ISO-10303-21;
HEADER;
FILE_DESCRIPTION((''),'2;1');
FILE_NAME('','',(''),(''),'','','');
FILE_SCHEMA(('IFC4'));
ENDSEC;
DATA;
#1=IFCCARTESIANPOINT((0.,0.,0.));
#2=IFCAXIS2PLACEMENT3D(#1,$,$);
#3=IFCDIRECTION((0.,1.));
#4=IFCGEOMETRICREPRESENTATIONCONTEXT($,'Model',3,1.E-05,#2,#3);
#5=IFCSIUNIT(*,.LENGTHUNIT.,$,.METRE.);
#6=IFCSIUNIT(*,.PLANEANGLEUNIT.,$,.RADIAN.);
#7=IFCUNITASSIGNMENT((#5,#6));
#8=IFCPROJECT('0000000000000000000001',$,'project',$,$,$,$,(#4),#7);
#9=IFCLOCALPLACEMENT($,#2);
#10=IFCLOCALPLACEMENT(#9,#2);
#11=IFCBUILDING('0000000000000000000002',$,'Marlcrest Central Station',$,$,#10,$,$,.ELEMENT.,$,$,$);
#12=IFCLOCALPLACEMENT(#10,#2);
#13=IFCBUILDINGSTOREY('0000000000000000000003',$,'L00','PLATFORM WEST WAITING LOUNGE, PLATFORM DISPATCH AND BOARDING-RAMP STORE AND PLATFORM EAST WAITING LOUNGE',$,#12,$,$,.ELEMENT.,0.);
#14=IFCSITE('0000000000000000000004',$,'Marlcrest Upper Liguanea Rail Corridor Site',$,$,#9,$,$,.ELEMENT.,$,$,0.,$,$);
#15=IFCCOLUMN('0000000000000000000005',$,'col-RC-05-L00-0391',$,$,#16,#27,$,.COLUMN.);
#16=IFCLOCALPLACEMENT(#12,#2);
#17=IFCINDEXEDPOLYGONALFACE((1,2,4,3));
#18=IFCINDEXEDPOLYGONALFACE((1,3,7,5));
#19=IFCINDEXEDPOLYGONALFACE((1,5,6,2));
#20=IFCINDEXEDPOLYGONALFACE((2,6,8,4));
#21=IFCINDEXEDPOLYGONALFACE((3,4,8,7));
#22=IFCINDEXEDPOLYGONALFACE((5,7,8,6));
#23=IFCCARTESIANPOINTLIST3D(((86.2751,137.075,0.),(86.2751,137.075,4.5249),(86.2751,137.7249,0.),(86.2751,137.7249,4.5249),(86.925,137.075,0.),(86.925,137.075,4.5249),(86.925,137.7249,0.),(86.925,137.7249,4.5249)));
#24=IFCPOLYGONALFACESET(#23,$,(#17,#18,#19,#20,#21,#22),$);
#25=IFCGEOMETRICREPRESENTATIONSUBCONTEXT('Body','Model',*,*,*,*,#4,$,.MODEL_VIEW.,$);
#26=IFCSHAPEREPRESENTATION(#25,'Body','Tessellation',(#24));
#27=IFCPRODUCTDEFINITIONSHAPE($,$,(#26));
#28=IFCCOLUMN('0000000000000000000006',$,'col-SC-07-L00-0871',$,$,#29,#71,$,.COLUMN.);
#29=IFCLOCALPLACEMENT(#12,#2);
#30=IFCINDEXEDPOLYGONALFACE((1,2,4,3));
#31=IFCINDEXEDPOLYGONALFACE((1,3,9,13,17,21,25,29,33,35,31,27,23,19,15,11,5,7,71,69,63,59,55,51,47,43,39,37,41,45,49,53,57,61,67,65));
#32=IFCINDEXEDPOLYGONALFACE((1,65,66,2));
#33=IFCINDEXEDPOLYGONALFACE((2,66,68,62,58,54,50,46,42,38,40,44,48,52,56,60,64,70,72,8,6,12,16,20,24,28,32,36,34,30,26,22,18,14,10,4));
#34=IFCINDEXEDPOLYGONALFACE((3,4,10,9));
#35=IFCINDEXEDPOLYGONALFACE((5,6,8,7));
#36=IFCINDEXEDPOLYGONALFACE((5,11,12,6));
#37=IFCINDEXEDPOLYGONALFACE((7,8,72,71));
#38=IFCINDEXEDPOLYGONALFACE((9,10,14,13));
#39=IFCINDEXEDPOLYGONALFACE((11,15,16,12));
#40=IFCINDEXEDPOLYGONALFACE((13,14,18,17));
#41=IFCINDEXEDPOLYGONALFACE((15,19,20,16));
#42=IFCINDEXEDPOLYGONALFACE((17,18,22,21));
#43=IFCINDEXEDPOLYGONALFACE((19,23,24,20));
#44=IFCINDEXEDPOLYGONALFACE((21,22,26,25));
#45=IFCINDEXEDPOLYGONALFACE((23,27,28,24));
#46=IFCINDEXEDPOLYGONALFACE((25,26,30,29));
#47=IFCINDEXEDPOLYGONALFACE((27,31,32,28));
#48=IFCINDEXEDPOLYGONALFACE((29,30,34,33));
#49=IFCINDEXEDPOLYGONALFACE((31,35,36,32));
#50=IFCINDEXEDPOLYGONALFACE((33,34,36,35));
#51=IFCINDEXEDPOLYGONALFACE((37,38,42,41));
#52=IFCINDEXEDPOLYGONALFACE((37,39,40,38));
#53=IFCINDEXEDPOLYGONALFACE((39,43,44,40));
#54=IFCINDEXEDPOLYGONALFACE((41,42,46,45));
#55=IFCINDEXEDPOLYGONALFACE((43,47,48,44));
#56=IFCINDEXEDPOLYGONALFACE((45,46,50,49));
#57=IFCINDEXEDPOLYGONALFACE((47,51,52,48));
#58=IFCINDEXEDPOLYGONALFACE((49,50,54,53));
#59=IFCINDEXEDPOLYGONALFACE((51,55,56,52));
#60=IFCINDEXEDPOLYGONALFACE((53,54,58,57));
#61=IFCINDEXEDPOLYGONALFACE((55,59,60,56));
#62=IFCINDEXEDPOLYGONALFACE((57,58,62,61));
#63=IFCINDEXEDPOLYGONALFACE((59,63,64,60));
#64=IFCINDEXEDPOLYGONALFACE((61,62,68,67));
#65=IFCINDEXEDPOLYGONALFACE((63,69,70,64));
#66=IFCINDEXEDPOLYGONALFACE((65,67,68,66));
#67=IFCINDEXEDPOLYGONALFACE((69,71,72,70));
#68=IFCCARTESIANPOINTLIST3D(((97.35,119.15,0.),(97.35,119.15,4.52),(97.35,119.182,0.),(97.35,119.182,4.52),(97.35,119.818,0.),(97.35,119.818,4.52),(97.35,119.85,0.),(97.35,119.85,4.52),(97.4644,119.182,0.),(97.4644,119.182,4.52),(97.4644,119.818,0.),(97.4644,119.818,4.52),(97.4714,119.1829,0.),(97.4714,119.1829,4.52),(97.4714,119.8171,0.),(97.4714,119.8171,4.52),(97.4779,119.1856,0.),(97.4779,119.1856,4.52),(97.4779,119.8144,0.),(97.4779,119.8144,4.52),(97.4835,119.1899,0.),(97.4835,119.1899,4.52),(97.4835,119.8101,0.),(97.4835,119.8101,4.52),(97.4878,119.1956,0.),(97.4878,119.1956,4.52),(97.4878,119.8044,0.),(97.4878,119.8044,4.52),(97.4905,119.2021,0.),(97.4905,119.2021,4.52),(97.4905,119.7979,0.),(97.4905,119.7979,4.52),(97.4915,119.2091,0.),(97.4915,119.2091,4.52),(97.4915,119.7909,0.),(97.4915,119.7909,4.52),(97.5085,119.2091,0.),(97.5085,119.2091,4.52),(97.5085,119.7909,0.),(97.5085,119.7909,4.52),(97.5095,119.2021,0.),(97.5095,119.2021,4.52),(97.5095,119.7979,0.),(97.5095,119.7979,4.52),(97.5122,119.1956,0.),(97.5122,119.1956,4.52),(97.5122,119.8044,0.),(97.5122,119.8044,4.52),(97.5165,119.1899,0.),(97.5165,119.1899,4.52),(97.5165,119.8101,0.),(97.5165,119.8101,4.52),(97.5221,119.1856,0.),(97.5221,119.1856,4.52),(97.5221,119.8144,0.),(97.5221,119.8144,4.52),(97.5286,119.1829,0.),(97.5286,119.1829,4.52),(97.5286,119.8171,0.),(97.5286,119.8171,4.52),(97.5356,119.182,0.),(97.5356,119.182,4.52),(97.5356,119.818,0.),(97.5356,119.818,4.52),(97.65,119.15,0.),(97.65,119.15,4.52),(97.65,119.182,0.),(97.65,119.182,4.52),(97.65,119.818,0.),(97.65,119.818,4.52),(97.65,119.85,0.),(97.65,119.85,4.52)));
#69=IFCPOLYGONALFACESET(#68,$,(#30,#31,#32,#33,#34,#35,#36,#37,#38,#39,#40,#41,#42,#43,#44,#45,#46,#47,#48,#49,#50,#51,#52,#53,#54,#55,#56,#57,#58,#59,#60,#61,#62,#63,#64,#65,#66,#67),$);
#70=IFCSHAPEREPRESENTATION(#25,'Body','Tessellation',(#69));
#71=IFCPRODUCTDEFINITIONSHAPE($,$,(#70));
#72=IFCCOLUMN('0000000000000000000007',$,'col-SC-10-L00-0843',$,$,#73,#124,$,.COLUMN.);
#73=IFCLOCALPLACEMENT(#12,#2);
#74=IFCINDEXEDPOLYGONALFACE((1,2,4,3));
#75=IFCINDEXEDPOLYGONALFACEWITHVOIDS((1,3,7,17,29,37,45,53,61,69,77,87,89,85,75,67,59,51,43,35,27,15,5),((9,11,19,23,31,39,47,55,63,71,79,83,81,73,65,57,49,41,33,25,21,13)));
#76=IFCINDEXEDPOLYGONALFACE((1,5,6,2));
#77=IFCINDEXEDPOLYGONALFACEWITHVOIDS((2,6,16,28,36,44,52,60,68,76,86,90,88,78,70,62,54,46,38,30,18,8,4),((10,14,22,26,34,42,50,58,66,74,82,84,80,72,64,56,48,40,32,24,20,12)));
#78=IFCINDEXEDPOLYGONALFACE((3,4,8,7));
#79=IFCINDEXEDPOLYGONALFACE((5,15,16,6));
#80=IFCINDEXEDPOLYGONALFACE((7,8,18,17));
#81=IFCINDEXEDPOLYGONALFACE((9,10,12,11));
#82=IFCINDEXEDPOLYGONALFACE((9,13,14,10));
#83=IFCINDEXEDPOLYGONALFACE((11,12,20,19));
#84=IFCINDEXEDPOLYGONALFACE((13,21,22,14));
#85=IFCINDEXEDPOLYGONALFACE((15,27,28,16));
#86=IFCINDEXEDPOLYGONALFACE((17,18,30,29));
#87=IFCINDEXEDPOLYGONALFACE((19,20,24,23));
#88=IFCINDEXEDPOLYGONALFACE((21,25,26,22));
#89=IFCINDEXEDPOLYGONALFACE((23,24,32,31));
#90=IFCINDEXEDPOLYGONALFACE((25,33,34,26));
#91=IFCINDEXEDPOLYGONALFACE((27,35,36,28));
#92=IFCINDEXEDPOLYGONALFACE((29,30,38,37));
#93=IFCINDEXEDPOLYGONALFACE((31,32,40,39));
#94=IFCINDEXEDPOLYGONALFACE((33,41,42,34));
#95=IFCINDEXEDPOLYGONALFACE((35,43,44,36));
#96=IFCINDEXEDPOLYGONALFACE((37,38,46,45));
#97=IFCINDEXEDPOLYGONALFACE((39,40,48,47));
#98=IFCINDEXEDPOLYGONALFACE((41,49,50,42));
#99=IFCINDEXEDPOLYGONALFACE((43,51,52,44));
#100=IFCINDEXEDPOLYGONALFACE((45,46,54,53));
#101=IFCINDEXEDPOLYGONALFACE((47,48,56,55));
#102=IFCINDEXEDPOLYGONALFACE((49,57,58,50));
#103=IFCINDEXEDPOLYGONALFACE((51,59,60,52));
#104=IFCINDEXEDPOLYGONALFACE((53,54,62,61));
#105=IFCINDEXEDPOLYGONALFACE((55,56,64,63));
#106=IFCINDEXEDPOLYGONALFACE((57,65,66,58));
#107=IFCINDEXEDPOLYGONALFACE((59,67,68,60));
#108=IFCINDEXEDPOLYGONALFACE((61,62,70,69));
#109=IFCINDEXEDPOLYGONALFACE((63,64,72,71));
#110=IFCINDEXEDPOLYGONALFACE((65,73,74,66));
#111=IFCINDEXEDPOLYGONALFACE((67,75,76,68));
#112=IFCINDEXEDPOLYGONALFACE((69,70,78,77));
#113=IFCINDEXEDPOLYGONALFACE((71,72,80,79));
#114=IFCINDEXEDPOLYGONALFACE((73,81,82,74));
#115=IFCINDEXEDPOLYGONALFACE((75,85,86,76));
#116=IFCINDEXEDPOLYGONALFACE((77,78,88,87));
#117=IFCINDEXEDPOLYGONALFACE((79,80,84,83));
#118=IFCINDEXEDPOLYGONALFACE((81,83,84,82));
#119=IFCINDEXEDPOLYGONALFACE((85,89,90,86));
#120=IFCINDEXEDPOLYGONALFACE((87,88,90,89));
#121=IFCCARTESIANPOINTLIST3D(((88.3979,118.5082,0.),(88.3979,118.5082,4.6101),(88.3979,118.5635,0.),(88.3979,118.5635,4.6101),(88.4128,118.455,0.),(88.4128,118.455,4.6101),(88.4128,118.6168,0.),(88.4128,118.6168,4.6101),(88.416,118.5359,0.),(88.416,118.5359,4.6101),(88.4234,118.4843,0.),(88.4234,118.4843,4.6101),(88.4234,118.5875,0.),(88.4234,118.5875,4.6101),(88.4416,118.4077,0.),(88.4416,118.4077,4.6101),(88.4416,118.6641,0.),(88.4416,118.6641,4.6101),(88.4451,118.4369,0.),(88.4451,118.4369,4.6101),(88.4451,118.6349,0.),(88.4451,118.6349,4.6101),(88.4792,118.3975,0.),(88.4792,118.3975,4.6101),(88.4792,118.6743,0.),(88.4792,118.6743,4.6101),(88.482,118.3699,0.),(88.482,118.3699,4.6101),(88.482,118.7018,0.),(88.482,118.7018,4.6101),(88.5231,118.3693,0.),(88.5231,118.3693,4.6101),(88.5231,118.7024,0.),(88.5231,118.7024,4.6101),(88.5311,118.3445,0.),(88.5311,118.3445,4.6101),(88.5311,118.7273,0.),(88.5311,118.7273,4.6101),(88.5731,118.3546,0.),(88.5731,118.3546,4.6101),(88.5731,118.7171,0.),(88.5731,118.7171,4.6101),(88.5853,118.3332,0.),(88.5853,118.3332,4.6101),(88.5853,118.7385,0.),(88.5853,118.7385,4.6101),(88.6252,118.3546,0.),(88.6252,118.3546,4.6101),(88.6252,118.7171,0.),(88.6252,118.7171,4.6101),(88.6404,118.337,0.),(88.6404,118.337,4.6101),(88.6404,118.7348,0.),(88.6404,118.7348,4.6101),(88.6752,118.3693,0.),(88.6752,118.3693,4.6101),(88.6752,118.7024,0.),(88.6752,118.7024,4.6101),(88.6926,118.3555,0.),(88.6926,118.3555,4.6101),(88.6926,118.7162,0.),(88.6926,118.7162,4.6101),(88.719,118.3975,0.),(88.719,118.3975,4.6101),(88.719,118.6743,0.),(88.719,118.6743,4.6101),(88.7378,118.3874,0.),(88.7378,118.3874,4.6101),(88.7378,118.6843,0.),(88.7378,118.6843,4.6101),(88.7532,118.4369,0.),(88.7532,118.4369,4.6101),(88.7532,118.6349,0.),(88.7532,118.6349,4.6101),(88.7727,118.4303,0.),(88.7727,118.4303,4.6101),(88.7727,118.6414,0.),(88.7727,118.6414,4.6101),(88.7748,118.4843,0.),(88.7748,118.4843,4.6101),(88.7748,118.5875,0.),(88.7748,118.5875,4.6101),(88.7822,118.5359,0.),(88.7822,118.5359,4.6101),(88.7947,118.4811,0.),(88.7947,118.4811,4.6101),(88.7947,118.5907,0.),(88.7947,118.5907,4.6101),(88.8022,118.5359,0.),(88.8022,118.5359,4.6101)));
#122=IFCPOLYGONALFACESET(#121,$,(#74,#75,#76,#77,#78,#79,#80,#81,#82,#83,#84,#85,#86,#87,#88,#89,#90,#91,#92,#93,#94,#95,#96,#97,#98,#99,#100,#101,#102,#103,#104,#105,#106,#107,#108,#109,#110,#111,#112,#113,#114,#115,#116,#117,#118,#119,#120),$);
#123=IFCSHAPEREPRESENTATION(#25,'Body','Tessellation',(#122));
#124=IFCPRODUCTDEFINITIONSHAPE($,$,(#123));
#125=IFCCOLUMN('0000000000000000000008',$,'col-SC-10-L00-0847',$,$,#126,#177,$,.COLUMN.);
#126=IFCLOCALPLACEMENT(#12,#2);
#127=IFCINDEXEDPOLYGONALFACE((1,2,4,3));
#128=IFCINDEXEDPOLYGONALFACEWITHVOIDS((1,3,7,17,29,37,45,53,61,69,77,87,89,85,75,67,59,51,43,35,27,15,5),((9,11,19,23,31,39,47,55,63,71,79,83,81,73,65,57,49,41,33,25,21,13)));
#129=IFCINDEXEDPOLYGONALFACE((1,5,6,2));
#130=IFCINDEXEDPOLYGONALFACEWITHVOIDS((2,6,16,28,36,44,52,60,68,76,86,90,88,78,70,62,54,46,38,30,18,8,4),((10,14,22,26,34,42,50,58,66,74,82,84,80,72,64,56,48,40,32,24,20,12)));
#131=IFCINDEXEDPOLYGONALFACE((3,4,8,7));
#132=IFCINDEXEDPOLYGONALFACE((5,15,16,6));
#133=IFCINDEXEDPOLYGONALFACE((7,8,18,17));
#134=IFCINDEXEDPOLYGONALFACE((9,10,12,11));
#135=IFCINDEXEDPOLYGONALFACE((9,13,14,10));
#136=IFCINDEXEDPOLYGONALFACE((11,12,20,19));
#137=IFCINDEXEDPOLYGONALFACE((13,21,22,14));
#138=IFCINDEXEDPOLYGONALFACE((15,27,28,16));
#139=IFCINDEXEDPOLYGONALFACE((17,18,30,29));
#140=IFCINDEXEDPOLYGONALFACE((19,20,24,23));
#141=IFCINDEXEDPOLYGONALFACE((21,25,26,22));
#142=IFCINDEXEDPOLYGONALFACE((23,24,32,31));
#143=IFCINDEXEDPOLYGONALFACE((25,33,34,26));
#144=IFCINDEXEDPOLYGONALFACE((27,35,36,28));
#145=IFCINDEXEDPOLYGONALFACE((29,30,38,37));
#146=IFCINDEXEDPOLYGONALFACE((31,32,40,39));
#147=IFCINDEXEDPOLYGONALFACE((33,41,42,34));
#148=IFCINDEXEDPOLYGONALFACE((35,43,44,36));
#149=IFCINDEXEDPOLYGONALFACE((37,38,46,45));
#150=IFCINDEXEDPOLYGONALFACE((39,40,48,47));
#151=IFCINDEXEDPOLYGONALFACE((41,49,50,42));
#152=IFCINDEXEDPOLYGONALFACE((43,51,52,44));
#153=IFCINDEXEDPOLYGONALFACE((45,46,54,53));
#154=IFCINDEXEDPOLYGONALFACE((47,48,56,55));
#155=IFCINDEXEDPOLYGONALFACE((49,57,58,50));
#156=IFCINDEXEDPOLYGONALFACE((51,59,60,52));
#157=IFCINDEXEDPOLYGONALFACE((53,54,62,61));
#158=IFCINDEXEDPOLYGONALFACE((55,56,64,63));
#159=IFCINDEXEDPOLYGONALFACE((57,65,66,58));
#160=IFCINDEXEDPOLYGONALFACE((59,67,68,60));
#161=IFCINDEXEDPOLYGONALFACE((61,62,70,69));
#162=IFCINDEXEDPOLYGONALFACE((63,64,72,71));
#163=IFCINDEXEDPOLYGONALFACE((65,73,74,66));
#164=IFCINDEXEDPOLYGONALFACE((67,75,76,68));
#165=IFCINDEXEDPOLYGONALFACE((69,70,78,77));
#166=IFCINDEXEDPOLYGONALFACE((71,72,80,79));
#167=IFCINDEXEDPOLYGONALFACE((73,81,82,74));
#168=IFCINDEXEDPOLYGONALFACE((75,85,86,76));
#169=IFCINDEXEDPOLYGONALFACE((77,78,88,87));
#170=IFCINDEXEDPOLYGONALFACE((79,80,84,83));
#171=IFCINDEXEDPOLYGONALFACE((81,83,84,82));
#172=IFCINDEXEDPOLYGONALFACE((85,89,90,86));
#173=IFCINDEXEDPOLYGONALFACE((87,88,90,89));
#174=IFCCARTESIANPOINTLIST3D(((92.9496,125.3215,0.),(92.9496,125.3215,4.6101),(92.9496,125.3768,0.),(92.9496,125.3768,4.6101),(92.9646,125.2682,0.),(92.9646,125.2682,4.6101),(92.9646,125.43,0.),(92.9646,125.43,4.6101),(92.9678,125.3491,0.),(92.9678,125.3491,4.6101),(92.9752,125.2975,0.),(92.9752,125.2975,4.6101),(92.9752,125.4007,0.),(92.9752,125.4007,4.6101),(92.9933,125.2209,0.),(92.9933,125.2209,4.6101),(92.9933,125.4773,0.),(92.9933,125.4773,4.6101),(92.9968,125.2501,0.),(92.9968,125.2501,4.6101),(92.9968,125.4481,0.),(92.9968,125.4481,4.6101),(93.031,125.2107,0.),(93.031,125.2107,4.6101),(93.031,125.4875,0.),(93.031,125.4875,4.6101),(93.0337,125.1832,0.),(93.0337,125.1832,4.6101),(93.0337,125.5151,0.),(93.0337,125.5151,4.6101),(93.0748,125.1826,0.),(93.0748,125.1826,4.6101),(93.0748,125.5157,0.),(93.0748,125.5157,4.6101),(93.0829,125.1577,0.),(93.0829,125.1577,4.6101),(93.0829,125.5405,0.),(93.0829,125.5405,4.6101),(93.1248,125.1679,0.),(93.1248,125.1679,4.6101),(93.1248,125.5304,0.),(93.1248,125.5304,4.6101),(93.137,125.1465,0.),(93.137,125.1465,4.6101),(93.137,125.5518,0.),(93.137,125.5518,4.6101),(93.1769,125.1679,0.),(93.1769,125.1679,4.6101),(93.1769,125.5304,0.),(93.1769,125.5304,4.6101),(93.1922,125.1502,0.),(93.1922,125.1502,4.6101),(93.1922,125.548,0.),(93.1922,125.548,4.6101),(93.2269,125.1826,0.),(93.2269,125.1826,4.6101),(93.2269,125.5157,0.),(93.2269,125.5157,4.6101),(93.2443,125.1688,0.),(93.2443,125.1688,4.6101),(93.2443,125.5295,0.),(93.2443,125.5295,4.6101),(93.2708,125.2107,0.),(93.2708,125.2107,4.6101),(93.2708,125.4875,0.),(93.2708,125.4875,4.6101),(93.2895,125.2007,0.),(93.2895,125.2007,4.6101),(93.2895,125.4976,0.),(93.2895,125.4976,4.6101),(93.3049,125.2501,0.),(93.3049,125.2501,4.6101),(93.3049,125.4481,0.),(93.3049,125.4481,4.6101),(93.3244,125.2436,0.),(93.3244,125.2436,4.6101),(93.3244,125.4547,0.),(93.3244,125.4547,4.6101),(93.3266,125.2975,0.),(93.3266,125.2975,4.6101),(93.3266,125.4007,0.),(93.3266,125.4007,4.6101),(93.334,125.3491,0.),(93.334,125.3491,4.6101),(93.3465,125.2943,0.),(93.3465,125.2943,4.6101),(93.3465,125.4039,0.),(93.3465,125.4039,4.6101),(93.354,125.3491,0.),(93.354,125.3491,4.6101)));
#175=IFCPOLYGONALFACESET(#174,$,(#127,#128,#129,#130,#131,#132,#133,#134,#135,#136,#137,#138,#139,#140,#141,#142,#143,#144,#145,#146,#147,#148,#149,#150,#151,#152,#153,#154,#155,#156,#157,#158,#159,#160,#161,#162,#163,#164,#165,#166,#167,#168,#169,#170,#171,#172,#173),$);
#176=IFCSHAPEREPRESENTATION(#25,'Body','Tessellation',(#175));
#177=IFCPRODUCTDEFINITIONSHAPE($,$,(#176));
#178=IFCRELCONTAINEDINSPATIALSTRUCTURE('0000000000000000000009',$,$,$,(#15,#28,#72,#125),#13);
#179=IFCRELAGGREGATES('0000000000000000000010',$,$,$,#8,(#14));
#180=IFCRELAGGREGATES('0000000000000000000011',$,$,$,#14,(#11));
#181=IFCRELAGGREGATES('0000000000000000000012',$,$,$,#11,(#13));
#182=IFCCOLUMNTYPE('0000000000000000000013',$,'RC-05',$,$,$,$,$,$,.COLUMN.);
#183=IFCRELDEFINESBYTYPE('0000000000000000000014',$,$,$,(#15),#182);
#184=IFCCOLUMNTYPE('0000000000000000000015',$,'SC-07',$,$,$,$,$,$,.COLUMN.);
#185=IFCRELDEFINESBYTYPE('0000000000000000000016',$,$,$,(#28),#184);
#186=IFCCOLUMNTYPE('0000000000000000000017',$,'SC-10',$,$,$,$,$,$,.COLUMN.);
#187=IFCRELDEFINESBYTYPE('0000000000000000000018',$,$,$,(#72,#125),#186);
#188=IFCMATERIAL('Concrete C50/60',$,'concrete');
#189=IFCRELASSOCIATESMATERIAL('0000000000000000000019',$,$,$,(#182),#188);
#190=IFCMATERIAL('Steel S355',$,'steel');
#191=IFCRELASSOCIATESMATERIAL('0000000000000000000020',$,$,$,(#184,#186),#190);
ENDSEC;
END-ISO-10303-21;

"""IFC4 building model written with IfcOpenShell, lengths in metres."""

from ifc_helpers import new_model, si_unit, direction, frame, origin, origin_2d, place, context, subcontext, project, spatial, rectangle, hollow_circle, i_section, extrude, material, material_profile, profile_set, type_object, element, save


model = new_model("IFC4")

# Units and contexts
model_context = context("Model", 3, precision=1e-05, world=origin(), true_north=direction((0.0, 1.0)))
body_context = subcontext(model_context, "Body", "Model", "MODEL_VIEW")
ifc_project = project(units=[si_unit("LENGTHUNIT", "METRE"), si_unit("PLANEANGLEUNIT", "RADIAN")], contexts=[model_context])

# Site, building, storey
site_placement = place(None, origin())
site = spatial("IfcSite", under=ifc_project, at=site_placement, Name="Marlcrest Upper Liguanea Rail Corridor Site", CompositionType="ELEMENT", RefElevation=0.0)
building_placement = place(site_placement, origin())
building = spatial("IfcBuilding", under=site, at=building_placement, Name="Marlcrest Central Station", CompositionType="ELEMENT")
storey_placement = place(building_placement, origin())
storey = spatial("IfcBuildingStorey", under=building, at=storey_placement, Name="L00", Description="PLATFORM WEST WAITING LOUNGE, PLATFORM DISPATCH AND BOARDING-RAMP STORE AND PLATFORM EAST WAITING LOUNGE", CompositionType="ELEMENT", Elevation=0.0)

# Columns
ifc_material_1 = material(Name="Concrete C50/60", Category="concrete")
ifc_material_profile_1 = material_profile(ifc_material_1, rectangle(XDim=0.6499, YDim=0.6499, at=origin_2d()), Name="RC 650x650")
ifc_profile_set_1 = profile_set([ifc_material_profile_1], Name="Concrete C50/60")
column_type_1 = type_object("IfcColumnType", Name="RC-05", PredefinedType="COLUMN", material=ifc_profile_set_1)
column_1_placement = place(storey_placement, frame((86.6001, 137.3999, 0.0), z_axis=(0.0, 0.0, 1.0), x_axis=(1.0, 0.0, 0.0)))
element("IfcColumn", 1, at=column_1_placement, inside=storey, type_object=column_type_1, Name="col-RC-05-L00-0391", PredefinedType="COLUMN", context=body_context, shape_type="SweptSolid", body=[
    extrude(rectangle(XDim=0.6499, YDim=0.6499, at=origin_2d()), origin(), (0.0, 0.0, 1.0), 4.5249),
])
ifc_material_2 = material(Name="Steel S355", Category="steel")
ifc_material_profile_2 = material_profile(ifc_material_2, i_section(OverallWidth=0.3, OverallDepth=0.7, WebThickness=0.0171, FlangeThickness=0.032, FilletRadius=0.0271, at=origin_2d()), Name="HEB 700")
ifc_profile_set_2 = profile_set([ifc_material_profile_2], Name="Steel S355")
column_type_2 = type_object("IfcColumnType", Name="SC-07", PredefinedType="COLUMN", material=ifc_profile_set_2)
column_2_placement = place(storey_placement, frame((97.5, 119.5, 0.0), z_axis=(0.0, 0.0, 1.0), x_axis=(1.0, 0.0, 0.0)))
element("IfcColumn", 2, at=column_2_placement, inside=storey, type_object=column_type_2, Name="col-SC-07-L00-0871", PredefinedType="COLUMN", context=body_context, shape_type="SweptSolid", body=[
    extrude(i_section(OverallWidth=0.3, OverallDepth=0.7, WebThickness=0.0171, FlangeThickness=0.032, FilletRadius=0.0271, at=origin_2d()), origin(), (0.0, 0.0, 1.0), 4.52),
])
ifc_material_profile_3 = material_profile(ifc_material_2, hollow_circle(Radius=0.2031, WallThickness=0.02, at=origin_2d()), Name="CHS 406.4x20")
ifc_profile_set_3 = profile_set([ifc_material_profile_3], Name="Steel S355")
column_type_3 = type_object("IfcColumnType", Name="SC-10", PredefinedType="COLUMN", material=ifc_profile_set_3)
for number, where, z_axis, x_axis, name in (
    (3, (88.5991, 118.5359, 0.0), (0.0, 0.0, 1.0), (1.0, 0.0, 0.0), "col-SC-10-L00-0843"),
    (4, (93.1509, 125.3491, 0.0), (0.0, 0.0, 1.0), (1.0, 0.0, 0.0), "col-SC-10-L00-0847"),
):
    element("IfcColumn", number, at=place(storey_placement, frame(where, z_axis=z_axis, x_axis=x_axis)), inside=storey, type_object=column_type_3, Name=name, PredefinedType="COLUMN", context=body_context, shape_type="SweptSolid", body=[
        extrude(hollow_circle(Radius=0.2031, WallThickness=0.02, at=origin_2d()), origin(), (0.0, 0.0, 1.0), 4.6101),
    ])

save(model, "model.ifc")
